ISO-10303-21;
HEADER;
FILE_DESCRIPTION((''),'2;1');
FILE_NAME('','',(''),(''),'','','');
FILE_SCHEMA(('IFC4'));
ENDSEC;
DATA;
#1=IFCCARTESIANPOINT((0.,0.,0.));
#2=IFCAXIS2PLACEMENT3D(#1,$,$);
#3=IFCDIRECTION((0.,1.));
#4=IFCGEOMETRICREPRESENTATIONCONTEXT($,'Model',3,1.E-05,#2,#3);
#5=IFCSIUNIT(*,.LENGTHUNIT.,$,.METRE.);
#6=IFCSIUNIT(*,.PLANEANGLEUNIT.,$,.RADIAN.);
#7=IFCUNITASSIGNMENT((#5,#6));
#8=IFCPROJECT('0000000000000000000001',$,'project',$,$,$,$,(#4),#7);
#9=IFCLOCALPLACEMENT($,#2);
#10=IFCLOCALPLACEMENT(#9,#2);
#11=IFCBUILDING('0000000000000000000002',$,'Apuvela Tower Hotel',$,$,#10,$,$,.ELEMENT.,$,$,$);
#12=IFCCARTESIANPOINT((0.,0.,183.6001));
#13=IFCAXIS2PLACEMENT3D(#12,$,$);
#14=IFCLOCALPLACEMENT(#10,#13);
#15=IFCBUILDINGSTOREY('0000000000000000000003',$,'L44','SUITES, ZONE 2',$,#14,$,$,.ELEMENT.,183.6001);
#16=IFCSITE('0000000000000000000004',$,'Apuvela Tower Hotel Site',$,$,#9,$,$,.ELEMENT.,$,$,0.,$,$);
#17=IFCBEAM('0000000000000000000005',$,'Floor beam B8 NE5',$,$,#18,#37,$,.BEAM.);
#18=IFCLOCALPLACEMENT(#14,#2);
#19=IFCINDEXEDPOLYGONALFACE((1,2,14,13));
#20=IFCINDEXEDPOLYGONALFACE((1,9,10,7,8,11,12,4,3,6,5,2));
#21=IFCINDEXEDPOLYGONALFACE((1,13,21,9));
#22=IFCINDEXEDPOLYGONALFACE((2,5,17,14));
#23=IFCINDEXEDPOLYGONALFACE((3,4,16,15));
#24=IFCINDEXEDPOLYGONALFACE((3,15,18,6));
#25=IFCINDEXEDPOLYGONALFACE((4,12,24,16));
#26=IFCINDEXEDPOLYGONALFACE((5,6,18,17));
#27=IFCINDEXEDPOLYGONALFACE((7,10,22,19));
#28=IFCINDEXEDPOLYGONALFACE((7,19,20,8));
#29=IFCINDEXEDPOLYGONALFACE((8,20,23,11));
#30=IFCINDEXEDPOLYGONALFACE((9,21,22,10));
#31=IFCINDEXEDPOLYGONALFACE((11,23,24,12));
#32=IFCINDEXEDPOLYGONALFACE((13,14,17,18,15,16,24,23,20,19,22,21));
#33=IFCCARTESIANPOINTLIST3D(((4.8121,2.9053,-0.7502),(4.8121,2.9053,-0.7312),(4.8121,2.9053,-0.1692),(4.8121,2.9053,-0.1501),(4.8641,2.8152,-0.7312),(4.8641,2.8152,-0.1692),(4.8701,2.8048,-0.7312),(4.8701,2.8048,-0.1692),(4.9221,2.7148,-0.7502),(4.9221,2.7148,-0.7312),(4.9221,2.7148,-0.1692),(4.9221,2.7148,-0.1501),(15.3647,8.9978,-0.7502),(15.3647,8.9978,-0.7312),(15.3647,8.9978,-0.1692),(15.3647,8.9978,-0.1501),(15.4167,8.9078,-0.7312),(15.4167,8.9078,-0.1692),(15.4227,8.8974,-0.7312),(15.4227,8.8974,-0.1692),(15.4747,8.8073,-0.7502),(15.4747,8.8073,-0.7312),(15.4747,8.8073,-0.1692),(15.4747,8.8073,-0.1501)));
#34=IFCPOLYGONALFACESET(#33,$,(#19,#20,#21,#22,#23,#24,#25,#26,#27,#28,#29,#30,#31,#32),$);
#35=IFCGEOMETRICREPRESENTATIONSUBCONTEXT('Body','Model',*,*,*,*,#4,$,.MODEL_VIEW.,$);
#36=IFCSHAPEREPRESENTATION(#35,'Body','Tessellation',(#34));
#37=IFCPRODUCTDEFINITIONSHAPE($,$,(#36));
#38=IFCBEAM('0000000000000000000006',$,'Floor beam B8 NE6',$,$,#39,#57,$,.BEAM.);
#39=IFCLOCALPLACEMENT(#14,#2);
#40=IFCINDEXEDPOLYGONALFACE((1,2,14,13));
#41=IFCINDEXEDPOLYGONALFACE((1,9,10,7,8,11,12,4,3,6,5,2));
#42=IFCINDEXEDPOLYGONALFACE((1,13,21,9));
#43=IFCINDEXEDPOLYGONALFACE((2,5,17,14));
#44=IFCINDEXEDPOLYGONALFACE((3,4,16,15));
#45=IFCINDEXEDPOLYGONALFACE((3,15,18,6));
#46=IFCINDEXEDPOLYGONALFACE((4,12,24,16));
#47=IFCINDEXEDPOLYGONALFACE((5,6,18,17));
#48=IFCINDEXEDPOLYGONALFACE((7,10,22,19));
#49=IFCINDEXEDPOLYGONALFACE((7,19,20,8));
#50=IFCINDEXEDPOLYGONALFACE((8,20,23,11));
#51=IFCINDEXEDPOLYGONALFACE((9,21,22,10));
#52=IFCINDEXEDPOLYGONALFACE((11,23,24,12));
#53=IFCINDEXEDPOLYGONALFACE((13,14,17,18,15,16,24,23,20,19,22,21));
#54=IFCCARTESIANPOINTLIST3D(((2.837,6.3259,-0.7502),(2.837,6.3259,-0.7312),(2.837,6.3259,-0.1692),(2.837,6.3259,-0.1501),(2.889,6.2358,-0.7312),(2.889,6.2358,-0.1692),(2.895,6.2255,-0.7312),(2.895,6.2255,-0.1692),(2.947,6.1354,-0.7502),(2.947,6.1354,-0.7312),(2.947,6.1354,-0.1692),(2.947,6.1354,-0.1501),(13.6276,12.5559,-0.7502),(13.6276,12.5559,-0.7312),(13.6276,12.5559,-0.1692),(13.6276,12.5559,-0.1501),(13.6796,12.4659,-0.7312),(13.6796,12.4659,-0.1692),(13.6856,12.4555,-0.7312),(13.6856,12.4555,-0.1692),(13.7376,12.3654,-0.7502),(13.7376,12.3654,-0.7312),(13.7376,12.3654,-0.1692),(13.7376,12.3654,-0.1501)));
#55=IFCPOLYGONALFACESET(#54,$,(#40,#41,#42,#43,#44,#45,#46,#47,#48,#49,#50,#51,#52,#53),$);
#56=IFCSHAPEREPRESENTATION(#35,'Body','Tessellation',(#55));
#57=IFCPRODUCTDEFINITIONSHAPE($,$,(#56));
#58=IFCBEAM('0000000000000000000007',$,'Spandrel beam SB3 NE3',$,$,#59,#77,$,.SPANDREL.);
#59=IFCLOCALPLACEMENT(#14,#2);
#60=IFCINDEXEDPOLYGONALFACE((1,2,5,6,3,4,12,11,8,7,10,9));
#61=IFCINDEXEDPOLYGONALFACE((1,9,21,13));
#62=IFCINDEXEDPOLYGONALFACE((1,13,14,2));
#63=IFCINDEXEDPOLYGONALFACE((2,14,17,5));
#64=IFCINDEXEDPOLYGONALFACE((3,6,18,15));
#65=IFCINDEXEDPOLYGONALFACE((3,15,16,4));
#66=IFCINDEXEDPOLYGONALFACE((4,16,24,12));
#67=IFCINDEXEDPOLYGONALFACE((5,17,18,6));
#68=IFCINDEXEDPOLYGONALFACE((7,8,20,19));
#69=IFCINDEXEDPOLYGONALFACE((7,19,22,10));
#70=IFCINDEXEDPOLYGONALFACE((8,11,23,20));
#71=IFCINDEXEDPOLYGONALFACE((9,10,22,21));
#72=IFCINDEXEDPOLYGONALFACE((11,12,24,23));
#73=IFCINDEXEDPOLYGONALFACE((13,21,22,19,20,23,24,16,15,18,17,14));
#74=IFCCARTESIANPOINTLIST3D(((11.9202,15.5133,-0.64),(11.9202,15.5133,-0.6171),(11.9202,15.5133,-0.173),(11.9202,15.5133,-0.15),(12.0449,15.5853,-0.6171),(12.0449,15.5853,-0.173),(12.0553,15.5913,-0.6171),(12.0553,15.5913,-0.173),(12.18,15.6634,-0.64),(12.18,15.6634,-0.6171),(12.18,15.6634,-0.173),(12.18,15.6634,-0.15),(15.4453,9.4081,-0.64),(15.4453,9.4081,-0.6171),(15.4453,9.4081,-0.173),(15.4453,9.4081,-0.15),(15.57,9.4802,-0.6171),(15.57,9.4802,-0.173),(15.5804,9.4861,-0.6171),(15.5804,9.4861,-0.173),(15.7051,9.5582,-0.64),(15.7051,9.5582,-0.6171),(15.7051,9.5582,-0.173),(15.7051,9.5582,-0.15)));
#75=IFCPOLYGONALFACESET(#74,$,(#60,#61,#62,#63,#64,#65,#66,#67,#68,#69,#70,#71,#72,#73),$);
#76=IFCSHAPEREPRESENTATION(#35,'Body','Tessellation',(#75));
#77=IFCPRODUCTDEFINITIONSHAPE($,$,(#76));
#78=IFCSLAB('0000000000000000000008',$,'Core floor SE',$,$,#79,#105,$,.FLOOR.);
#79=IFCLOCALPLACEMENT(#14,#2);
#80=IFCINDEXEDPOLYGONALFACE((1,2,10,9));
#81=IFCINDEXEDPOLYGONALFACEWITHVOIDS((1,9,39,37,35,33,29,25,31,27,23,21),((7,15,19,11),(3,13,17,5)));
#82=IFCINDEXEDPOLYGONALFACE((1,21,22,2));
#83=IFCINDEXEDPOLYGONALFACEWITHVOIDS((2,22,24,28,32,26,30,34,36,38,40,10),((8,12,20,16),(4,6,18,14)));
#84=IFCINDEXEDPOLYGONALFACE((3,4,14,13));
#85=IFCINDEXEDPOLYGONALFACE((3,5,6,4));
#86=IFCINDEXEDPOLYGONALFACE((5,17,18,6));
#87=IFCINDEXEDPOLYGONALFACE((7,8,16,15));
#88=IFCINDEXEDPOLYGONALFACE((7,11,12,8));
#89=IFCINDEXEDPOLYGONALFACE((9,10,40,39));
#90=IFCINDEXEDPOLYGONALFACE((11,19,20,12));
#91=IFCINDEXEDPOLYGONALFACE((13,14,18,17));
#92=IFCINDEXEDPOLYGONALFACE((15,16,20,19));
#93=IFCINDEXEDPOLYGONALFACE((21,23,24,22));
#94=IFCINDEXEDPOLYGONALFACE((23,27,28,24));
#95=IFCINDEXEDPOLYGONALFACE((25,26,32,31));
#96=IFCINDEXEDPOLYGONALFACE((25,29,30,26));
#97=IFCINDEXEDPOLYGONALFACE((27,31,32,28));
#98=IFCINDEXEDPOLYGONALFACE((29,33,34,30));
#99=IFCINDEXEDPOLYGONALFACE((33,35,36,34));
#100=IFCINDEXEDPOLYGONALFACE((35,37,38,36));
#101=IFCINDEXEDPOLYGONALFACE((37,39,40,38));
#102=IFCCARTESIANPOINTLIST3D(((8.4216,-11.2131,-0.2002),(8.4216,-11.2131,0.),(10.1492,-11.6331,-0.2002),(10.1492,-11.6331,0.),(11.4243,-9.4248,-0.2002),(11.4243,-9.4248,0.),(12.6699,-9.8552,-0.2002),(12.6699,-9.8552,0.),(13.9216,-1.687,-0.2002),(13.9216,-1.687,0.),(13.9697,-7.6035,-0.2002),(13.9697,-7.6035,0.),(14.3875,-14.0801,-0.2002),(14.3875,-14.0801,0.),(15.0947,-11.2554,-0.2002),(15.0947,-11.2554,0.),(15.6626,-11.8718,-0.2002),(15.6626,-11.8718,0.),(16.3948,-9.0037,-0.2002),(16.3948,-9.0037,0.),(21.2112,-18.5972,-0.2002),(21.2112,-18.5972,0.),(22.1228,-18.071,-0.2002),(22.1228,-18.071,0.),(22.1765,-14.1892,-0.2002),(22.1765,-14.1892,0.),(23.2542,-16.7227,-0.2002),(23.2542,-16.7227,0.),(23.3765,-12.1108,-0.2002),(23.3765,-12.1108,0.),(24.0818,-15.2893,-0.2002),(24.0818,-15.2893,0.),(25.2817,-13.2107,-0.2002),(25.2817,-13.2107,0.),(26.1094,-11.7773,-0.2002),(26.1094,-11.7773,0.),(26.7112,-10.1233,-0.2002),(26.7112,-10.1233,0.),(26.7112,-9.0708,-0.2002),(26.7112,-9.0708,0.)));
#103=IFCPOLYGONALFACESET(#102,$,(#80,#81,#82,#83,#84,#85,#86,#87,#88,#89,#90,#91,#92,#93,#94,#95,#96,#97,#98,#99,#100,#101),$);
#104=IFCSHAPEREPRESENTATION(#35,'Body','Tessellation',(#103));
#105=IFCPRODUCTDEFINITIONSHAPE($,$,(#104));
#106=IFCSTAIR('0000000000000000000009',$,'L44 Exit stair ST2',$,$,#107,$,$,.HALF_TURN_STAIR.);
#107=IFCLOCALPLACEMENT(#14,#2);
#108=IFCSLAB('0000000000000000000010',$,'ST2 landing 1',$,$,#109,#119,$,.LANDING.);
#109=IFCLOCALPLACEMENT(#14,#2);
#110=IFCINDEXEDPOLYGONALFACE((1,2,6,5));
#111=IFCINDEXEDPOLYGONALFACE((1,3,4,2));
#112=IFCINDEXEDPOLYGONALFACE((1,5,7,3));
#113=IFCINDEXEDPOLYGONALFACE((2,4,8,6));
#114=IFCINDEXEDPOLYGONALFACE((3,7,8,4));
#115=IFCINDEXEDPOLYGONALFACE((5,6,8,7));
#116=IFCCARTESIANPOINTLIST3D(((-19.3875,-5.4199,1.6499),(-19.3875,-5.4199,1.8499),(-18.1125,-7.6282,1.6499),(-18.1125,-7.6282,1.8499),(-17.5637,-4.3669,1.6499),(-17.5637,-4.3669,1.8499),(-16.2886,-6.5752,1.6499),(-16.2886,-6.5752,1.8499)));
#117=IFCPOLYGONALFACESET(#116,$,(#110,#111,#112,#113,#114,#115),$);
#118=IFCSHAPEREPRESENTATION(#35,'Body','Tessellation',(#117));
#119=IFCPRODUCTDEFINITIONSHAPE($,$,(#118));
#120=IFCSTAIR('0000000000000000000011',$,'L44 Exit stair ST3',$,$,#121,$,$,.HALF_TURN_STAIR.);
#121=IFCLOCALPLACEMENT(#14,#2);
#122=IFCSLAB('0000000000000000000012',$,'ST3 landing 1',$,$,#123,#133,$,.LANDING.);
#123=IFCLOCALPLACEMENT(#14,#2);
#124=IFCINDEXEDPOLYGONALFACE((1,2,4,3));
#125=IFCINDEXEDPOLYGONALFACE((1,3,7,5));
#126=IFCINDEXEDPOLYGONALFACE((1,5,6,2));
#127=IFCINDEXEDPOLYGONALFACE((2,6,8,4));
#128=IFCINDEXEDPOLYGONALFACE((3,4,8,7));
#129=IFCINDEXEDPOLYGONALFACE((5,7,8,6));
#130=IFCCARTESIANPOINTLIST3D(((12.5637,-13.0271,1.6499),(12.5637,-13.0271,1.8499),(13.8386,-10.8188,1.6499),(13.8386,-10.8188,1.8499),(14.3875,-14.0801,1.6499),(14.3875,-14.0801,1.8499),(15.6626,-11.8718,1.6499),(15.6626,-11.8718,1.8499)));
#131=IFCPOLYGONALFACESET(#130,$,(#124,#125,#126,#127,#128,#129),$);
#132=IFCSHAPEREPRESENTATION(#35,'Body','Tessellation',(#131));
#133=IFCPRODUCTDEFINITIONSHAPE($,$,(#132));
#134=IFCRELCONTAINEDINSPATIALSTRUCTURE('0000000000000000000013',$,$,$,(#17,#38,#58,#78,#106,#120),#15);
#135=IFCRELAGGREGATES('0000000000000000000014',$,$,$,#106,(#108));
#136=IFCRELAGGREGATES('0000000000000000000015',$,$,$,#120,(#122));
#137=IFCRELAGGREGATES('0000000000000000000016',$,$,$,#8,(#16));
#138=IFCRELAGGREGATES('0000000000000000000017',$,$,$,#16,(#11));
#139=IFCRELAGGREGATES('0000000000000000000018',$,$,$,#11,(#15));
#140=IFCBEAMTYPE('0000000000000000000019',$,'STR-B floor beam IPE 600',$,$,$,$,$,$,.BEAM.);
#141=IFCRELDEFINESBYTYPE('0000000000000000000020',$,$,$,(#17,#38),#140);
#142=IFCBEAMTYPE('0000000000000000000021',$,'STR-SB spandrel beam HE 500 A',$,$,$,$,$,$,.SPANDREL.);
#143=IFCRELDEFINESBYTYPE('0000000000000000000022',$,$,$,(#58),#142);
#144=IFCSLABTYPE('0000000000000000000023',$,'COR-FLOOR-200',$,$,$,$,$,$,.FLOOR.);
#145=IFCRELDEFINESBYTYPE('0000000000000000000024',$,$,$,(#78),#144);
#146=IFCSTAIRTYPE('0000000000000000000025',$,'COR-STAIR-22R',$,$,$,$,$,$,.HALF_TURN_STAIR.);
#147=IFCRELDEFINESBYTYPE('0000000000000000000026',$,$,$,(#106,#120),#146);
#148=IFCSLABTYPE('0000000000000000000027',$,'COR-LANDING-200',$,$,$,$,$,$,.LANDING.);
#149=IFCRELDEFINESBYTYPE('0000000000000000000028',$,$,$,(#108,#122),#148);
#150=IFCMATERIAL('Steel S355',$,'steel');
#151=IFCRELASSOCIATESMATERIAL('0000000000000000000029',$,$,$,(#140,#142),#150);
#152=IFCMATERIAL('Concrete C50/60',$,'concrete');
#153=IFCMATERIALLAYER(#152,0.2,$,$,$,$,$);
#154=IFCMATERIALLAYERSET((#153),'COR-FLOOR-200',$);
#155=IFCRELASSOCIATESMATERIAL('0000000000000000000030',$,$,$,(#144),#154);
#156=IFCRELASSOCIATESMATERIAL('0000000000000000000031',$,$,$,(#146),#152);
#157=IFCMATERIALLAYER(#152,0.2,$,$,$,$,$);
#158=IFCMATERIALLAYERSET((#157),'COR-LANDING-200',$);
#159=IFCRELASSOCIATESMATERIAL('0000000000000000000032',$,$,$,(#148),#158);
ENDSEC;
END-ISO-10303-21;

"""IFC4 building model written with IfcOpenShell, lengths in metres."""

from ifc_helpers import new_model, si_unit, direction, frame, origin, origin_2d, place, context, subcontext, project, spatial, polyline, i_section, outline, extrude, material, layer, layer_set, material_profile, profile_set, type_object, element, aggregate, save


model = new_model("IFC4")

# Units and contexts
model_context = context("Model", 3, precision=1e-05, world=origin(), true_north=direction((0.0, 1.0)))
body_context = subcontext(model_context, "Body", "Model", "MODEL_VIEW")
ifc_project = project(units=[si_unit("LENGTHUNIT", "METRE"), si_unit("PLANEANGLEUNIT", "RADIAN")], contexts=[model_context])

# Site, building, storey
site_placement = place(None, origin())
site = spatial("IfcSite", under=ifc_project, at=site_placement, Name="Apuvela Tower Hotel Site", CompositionType="ELEMENT", RefElevation=0.0)
building_placement = place(site_placement, origin())
building = spatial("IfcBuilding", under=site, at=building_placement, Name="Apuvela Tower Hotel", CompositionType="ELEMENT")
storey_placement = place(building_placement, frame((0.0, 0.0, 183.6001)))
storey = spatial("IfcBuildingStorey", under=building, at=storey_placement, Name="L44", Description="SUITES, ZONE 2", CompositionType="ELEMENT", Elevation=183.6001)

# Beams
ifc_material_1 = material(Name="Steel S355", Category="steel")
ifc_material_profile_1 = material_profile(ifc_material_1, i_section(OverallWidth=0.22, OverallDepth=0.6001, WebThickness=0.012, FlangeThickness=0.019, at=origin_2d()), Name="IPE 600")
ifc_profile_set_1 = profile_set([ifc_material_profile_1], Name="Steel S355")
beam_type_1 = type_object("IfcBeamType", Name="STR-B floor beam IPE 600", PredefinedType="BEAM", material=ifc_profile_set_1)
beam_1_placement = place(storey_placement, frame((15.4197, 8.9026, -0.4502), z_axis=(-0.866024, -0.500003, 0.0), x_axis=(0.500003, -0.866024, 0.0)))
element("IfcBeam", 1, at=beam_1_placement, inside=storey, type_object=beam_type_1, Name="Floor beam B8 NE5", PredefinedType="BEAM", context=body_context, shape_type="SweptSolid", body=[
    extrude(i_section(OverallWidth=0.22, OverallDepth=0.6001, WebThickness=0.012, FlangeThickness=0.019, at=origin_2d()), origin(), (0.0, 0.0, 1.0), 12.1851),
])
beam_2_placement = place(storey_placement, frame((13.6826, 12.4607, -0.4502), z_axis=(-0.866023, -0.500004, 0.0), x_axis=(0.500004, -0.866023, 0.0)))
element("IfcBeam", 2, at=beam_2_placement, inside=storey, type_object=beam_type_1, Name="Floor beam B8 NE6", PredefinedType="BEAM", context=body_context, shape_type="SweptSolid", body=[
    extrude(i_section(OverallWidth=0.22, OverallDepth=0.6001, WebThickness=0.012, FlangeThickness=0.019, at=origin_2d()), origin(), (0.0, 0.0, 1.0), 12.46),
])
ifc_material_profile_2 = material_profile(ifc_material_1, i_section(OverallWidth=0.3, OverallDepth=0.49, WebThickness=0.012, FlangeThickness=0.0229, at=origin_2d()), Name="HE 500 A")
ifc_profile_set_2 = profile_set([ifc_material_profile_2], Name="Steel S355")
beam_type_2 = type_object("IfcBeamType", Name="STR-SB spandrel beam HE 500 A", PredefinedType="SPANDREL", material=ifc_profile_set_2)
beam_3_placement = place(storey_placement, frame((15.5752, 9.4832, -0.395), z_axis=(-0.500031, 0.866007, 0.0), x_axis=(-0.866007, -0.500031, 0.0)))
element("IfcBeam", 3, at=beam_3_placement, inside=storey, type_object=beam_type_2, Name="Spandrel beam SB3 NE3", PredefinedType="SPANDREL", context=body_context, shape_type="SweptSolid", body=[
    extrude(i_section(OverallWidth=0.3, OverallDepth=0.49, WebThickness=0.012, FlangeThickness=0.0229, at=origin_2d()), origin(), (0.0, 0.0, 1.0), 7.0498),
])

# Slab
ifc_material_2 = material(Name="Concrete C50/60", Category="concrete")
ifc_layer_1 = layer(ifc_material_2, 0.2)
ifc_layer_set_1 = layer_set([ifc_layer_1], Name="COR-FLOOR-200")
slab_type_1 = type_object("IfcSlabType", Name="COR-FLOOR-200", PredefinedType="FLOOR", material=ifc_layer_set_1)
slab_1_placement = place(storey_placement, frame((0.0, 0.0, -0.2002)))
element("IfcSlab", 4, at=slab_1_placement, inside=storey, type_object=slab_type_1, Name="Core floor SE", PredefinedType="FLOOR", context=body_context, shape_type="SweptSolid", body=[
    extrude(outline(polyline([(21.2112, -18.5972), (22.1228, -18.071), (23.2542, -16.7227), (24.0818, -15.2893), (22.1765, -14.1892), (23.3765, -12.1108), (25.2817, -13.2107), (26.1094, -11.7773), (26.7112, -10.1233), (26.7112, -9.0708), (13.9216, -1.687), (8.4216, -11.2131), (21.2112, -18.5972)]), holes=[polyline([(11.4243, -9.4248), (15.6626, -11.8718), (14.3875, -14.0801), (10.1492, -11.6331), (11.4243, -9.4248)]), polyline([(13.9697, -7.6035), (16.3948, -9.0037), (15.0947, -11.2554), (12.6699, -9.8552), (13.9697, -7.6035)])]), origin(), (0.0, 0.0, 1.0), 0.2002),
])

# Stairs, slabs
stair_type = type_object("IfcStairType", Name="COR-STAIR-22R", PredefinedType="HALF_TURN_STAIR", material=ifc_material_2)
stair_1_placement = place(storey_placement, origin())
stair_1 = element("IfcStair", 5, at=stair_1_placement, inside=storey, type_object=stair_type, Name="L44 Exit stair ST2", PredefinedType="HALF_TURN_STAIR")
ifc_layer_2 = layer(ifc_material_2, 0.2)
ifc_layer_set_2 = layer_set([ifc_layer_2], Name="COR-LANDING-200")
slab_type_2 = type_object("IfcSlabType", Name="COR-LANDING-200", PredefinedType="LANDING", material=ifc_layer_set_2)
slab_2_placement = place(storey_placement, frame((0.0, 0.0, 1.6499)))
slab_2 = element("IfcSlab", 6, at=slab_2_placement, type_object=slab_type_2, Name="ST2 landing 1", PredefinedType="LANDING", context=body_context, shape_type="SweptSolid", body=[
    extrude(outline(polyline([(-17.5637, -4.3669), (-19.3875, -5.4199), (-18.1125, -7.6282), (-16.2886, -6.5752), (-17.5637, -4.3669)])), origin(), (0.0, 0.0, 1.0), 0.2),
])
aggregate(stair_1, [slab_2])
stair_2_placement = place(storey_placement, origin())
stair_2 = element("IfcStair", 7, at=stair_2_placement, inside=storey, type_object=stair_type, Name="L44 Exit stair ST3", PredefinedType="HALF_TURN_STAIR")
slab_3_placement = place(storey_placement, frame((0.0, 0.0, 1.6499)))
slab_3 = element("IfcSlab", 8, at=slab_3_placement, type_object=slab_type_2, Name="ST3 landing 1", PredefinedType="LANDING", context=body_context, shape_type="SweptSolid", body=[
    extrude(outline(polyline([(12.5637, -13.0271), (14.3875, -14.0801), (15.6626, -11.8718), (13.8386, -10.8188), (12.5637, -13.0271)])), origin(), (0.0, 0.0, 1.0), 0.2),
])
aggregate(stair_2, [slab_3])

save(model, "model.ifc")
